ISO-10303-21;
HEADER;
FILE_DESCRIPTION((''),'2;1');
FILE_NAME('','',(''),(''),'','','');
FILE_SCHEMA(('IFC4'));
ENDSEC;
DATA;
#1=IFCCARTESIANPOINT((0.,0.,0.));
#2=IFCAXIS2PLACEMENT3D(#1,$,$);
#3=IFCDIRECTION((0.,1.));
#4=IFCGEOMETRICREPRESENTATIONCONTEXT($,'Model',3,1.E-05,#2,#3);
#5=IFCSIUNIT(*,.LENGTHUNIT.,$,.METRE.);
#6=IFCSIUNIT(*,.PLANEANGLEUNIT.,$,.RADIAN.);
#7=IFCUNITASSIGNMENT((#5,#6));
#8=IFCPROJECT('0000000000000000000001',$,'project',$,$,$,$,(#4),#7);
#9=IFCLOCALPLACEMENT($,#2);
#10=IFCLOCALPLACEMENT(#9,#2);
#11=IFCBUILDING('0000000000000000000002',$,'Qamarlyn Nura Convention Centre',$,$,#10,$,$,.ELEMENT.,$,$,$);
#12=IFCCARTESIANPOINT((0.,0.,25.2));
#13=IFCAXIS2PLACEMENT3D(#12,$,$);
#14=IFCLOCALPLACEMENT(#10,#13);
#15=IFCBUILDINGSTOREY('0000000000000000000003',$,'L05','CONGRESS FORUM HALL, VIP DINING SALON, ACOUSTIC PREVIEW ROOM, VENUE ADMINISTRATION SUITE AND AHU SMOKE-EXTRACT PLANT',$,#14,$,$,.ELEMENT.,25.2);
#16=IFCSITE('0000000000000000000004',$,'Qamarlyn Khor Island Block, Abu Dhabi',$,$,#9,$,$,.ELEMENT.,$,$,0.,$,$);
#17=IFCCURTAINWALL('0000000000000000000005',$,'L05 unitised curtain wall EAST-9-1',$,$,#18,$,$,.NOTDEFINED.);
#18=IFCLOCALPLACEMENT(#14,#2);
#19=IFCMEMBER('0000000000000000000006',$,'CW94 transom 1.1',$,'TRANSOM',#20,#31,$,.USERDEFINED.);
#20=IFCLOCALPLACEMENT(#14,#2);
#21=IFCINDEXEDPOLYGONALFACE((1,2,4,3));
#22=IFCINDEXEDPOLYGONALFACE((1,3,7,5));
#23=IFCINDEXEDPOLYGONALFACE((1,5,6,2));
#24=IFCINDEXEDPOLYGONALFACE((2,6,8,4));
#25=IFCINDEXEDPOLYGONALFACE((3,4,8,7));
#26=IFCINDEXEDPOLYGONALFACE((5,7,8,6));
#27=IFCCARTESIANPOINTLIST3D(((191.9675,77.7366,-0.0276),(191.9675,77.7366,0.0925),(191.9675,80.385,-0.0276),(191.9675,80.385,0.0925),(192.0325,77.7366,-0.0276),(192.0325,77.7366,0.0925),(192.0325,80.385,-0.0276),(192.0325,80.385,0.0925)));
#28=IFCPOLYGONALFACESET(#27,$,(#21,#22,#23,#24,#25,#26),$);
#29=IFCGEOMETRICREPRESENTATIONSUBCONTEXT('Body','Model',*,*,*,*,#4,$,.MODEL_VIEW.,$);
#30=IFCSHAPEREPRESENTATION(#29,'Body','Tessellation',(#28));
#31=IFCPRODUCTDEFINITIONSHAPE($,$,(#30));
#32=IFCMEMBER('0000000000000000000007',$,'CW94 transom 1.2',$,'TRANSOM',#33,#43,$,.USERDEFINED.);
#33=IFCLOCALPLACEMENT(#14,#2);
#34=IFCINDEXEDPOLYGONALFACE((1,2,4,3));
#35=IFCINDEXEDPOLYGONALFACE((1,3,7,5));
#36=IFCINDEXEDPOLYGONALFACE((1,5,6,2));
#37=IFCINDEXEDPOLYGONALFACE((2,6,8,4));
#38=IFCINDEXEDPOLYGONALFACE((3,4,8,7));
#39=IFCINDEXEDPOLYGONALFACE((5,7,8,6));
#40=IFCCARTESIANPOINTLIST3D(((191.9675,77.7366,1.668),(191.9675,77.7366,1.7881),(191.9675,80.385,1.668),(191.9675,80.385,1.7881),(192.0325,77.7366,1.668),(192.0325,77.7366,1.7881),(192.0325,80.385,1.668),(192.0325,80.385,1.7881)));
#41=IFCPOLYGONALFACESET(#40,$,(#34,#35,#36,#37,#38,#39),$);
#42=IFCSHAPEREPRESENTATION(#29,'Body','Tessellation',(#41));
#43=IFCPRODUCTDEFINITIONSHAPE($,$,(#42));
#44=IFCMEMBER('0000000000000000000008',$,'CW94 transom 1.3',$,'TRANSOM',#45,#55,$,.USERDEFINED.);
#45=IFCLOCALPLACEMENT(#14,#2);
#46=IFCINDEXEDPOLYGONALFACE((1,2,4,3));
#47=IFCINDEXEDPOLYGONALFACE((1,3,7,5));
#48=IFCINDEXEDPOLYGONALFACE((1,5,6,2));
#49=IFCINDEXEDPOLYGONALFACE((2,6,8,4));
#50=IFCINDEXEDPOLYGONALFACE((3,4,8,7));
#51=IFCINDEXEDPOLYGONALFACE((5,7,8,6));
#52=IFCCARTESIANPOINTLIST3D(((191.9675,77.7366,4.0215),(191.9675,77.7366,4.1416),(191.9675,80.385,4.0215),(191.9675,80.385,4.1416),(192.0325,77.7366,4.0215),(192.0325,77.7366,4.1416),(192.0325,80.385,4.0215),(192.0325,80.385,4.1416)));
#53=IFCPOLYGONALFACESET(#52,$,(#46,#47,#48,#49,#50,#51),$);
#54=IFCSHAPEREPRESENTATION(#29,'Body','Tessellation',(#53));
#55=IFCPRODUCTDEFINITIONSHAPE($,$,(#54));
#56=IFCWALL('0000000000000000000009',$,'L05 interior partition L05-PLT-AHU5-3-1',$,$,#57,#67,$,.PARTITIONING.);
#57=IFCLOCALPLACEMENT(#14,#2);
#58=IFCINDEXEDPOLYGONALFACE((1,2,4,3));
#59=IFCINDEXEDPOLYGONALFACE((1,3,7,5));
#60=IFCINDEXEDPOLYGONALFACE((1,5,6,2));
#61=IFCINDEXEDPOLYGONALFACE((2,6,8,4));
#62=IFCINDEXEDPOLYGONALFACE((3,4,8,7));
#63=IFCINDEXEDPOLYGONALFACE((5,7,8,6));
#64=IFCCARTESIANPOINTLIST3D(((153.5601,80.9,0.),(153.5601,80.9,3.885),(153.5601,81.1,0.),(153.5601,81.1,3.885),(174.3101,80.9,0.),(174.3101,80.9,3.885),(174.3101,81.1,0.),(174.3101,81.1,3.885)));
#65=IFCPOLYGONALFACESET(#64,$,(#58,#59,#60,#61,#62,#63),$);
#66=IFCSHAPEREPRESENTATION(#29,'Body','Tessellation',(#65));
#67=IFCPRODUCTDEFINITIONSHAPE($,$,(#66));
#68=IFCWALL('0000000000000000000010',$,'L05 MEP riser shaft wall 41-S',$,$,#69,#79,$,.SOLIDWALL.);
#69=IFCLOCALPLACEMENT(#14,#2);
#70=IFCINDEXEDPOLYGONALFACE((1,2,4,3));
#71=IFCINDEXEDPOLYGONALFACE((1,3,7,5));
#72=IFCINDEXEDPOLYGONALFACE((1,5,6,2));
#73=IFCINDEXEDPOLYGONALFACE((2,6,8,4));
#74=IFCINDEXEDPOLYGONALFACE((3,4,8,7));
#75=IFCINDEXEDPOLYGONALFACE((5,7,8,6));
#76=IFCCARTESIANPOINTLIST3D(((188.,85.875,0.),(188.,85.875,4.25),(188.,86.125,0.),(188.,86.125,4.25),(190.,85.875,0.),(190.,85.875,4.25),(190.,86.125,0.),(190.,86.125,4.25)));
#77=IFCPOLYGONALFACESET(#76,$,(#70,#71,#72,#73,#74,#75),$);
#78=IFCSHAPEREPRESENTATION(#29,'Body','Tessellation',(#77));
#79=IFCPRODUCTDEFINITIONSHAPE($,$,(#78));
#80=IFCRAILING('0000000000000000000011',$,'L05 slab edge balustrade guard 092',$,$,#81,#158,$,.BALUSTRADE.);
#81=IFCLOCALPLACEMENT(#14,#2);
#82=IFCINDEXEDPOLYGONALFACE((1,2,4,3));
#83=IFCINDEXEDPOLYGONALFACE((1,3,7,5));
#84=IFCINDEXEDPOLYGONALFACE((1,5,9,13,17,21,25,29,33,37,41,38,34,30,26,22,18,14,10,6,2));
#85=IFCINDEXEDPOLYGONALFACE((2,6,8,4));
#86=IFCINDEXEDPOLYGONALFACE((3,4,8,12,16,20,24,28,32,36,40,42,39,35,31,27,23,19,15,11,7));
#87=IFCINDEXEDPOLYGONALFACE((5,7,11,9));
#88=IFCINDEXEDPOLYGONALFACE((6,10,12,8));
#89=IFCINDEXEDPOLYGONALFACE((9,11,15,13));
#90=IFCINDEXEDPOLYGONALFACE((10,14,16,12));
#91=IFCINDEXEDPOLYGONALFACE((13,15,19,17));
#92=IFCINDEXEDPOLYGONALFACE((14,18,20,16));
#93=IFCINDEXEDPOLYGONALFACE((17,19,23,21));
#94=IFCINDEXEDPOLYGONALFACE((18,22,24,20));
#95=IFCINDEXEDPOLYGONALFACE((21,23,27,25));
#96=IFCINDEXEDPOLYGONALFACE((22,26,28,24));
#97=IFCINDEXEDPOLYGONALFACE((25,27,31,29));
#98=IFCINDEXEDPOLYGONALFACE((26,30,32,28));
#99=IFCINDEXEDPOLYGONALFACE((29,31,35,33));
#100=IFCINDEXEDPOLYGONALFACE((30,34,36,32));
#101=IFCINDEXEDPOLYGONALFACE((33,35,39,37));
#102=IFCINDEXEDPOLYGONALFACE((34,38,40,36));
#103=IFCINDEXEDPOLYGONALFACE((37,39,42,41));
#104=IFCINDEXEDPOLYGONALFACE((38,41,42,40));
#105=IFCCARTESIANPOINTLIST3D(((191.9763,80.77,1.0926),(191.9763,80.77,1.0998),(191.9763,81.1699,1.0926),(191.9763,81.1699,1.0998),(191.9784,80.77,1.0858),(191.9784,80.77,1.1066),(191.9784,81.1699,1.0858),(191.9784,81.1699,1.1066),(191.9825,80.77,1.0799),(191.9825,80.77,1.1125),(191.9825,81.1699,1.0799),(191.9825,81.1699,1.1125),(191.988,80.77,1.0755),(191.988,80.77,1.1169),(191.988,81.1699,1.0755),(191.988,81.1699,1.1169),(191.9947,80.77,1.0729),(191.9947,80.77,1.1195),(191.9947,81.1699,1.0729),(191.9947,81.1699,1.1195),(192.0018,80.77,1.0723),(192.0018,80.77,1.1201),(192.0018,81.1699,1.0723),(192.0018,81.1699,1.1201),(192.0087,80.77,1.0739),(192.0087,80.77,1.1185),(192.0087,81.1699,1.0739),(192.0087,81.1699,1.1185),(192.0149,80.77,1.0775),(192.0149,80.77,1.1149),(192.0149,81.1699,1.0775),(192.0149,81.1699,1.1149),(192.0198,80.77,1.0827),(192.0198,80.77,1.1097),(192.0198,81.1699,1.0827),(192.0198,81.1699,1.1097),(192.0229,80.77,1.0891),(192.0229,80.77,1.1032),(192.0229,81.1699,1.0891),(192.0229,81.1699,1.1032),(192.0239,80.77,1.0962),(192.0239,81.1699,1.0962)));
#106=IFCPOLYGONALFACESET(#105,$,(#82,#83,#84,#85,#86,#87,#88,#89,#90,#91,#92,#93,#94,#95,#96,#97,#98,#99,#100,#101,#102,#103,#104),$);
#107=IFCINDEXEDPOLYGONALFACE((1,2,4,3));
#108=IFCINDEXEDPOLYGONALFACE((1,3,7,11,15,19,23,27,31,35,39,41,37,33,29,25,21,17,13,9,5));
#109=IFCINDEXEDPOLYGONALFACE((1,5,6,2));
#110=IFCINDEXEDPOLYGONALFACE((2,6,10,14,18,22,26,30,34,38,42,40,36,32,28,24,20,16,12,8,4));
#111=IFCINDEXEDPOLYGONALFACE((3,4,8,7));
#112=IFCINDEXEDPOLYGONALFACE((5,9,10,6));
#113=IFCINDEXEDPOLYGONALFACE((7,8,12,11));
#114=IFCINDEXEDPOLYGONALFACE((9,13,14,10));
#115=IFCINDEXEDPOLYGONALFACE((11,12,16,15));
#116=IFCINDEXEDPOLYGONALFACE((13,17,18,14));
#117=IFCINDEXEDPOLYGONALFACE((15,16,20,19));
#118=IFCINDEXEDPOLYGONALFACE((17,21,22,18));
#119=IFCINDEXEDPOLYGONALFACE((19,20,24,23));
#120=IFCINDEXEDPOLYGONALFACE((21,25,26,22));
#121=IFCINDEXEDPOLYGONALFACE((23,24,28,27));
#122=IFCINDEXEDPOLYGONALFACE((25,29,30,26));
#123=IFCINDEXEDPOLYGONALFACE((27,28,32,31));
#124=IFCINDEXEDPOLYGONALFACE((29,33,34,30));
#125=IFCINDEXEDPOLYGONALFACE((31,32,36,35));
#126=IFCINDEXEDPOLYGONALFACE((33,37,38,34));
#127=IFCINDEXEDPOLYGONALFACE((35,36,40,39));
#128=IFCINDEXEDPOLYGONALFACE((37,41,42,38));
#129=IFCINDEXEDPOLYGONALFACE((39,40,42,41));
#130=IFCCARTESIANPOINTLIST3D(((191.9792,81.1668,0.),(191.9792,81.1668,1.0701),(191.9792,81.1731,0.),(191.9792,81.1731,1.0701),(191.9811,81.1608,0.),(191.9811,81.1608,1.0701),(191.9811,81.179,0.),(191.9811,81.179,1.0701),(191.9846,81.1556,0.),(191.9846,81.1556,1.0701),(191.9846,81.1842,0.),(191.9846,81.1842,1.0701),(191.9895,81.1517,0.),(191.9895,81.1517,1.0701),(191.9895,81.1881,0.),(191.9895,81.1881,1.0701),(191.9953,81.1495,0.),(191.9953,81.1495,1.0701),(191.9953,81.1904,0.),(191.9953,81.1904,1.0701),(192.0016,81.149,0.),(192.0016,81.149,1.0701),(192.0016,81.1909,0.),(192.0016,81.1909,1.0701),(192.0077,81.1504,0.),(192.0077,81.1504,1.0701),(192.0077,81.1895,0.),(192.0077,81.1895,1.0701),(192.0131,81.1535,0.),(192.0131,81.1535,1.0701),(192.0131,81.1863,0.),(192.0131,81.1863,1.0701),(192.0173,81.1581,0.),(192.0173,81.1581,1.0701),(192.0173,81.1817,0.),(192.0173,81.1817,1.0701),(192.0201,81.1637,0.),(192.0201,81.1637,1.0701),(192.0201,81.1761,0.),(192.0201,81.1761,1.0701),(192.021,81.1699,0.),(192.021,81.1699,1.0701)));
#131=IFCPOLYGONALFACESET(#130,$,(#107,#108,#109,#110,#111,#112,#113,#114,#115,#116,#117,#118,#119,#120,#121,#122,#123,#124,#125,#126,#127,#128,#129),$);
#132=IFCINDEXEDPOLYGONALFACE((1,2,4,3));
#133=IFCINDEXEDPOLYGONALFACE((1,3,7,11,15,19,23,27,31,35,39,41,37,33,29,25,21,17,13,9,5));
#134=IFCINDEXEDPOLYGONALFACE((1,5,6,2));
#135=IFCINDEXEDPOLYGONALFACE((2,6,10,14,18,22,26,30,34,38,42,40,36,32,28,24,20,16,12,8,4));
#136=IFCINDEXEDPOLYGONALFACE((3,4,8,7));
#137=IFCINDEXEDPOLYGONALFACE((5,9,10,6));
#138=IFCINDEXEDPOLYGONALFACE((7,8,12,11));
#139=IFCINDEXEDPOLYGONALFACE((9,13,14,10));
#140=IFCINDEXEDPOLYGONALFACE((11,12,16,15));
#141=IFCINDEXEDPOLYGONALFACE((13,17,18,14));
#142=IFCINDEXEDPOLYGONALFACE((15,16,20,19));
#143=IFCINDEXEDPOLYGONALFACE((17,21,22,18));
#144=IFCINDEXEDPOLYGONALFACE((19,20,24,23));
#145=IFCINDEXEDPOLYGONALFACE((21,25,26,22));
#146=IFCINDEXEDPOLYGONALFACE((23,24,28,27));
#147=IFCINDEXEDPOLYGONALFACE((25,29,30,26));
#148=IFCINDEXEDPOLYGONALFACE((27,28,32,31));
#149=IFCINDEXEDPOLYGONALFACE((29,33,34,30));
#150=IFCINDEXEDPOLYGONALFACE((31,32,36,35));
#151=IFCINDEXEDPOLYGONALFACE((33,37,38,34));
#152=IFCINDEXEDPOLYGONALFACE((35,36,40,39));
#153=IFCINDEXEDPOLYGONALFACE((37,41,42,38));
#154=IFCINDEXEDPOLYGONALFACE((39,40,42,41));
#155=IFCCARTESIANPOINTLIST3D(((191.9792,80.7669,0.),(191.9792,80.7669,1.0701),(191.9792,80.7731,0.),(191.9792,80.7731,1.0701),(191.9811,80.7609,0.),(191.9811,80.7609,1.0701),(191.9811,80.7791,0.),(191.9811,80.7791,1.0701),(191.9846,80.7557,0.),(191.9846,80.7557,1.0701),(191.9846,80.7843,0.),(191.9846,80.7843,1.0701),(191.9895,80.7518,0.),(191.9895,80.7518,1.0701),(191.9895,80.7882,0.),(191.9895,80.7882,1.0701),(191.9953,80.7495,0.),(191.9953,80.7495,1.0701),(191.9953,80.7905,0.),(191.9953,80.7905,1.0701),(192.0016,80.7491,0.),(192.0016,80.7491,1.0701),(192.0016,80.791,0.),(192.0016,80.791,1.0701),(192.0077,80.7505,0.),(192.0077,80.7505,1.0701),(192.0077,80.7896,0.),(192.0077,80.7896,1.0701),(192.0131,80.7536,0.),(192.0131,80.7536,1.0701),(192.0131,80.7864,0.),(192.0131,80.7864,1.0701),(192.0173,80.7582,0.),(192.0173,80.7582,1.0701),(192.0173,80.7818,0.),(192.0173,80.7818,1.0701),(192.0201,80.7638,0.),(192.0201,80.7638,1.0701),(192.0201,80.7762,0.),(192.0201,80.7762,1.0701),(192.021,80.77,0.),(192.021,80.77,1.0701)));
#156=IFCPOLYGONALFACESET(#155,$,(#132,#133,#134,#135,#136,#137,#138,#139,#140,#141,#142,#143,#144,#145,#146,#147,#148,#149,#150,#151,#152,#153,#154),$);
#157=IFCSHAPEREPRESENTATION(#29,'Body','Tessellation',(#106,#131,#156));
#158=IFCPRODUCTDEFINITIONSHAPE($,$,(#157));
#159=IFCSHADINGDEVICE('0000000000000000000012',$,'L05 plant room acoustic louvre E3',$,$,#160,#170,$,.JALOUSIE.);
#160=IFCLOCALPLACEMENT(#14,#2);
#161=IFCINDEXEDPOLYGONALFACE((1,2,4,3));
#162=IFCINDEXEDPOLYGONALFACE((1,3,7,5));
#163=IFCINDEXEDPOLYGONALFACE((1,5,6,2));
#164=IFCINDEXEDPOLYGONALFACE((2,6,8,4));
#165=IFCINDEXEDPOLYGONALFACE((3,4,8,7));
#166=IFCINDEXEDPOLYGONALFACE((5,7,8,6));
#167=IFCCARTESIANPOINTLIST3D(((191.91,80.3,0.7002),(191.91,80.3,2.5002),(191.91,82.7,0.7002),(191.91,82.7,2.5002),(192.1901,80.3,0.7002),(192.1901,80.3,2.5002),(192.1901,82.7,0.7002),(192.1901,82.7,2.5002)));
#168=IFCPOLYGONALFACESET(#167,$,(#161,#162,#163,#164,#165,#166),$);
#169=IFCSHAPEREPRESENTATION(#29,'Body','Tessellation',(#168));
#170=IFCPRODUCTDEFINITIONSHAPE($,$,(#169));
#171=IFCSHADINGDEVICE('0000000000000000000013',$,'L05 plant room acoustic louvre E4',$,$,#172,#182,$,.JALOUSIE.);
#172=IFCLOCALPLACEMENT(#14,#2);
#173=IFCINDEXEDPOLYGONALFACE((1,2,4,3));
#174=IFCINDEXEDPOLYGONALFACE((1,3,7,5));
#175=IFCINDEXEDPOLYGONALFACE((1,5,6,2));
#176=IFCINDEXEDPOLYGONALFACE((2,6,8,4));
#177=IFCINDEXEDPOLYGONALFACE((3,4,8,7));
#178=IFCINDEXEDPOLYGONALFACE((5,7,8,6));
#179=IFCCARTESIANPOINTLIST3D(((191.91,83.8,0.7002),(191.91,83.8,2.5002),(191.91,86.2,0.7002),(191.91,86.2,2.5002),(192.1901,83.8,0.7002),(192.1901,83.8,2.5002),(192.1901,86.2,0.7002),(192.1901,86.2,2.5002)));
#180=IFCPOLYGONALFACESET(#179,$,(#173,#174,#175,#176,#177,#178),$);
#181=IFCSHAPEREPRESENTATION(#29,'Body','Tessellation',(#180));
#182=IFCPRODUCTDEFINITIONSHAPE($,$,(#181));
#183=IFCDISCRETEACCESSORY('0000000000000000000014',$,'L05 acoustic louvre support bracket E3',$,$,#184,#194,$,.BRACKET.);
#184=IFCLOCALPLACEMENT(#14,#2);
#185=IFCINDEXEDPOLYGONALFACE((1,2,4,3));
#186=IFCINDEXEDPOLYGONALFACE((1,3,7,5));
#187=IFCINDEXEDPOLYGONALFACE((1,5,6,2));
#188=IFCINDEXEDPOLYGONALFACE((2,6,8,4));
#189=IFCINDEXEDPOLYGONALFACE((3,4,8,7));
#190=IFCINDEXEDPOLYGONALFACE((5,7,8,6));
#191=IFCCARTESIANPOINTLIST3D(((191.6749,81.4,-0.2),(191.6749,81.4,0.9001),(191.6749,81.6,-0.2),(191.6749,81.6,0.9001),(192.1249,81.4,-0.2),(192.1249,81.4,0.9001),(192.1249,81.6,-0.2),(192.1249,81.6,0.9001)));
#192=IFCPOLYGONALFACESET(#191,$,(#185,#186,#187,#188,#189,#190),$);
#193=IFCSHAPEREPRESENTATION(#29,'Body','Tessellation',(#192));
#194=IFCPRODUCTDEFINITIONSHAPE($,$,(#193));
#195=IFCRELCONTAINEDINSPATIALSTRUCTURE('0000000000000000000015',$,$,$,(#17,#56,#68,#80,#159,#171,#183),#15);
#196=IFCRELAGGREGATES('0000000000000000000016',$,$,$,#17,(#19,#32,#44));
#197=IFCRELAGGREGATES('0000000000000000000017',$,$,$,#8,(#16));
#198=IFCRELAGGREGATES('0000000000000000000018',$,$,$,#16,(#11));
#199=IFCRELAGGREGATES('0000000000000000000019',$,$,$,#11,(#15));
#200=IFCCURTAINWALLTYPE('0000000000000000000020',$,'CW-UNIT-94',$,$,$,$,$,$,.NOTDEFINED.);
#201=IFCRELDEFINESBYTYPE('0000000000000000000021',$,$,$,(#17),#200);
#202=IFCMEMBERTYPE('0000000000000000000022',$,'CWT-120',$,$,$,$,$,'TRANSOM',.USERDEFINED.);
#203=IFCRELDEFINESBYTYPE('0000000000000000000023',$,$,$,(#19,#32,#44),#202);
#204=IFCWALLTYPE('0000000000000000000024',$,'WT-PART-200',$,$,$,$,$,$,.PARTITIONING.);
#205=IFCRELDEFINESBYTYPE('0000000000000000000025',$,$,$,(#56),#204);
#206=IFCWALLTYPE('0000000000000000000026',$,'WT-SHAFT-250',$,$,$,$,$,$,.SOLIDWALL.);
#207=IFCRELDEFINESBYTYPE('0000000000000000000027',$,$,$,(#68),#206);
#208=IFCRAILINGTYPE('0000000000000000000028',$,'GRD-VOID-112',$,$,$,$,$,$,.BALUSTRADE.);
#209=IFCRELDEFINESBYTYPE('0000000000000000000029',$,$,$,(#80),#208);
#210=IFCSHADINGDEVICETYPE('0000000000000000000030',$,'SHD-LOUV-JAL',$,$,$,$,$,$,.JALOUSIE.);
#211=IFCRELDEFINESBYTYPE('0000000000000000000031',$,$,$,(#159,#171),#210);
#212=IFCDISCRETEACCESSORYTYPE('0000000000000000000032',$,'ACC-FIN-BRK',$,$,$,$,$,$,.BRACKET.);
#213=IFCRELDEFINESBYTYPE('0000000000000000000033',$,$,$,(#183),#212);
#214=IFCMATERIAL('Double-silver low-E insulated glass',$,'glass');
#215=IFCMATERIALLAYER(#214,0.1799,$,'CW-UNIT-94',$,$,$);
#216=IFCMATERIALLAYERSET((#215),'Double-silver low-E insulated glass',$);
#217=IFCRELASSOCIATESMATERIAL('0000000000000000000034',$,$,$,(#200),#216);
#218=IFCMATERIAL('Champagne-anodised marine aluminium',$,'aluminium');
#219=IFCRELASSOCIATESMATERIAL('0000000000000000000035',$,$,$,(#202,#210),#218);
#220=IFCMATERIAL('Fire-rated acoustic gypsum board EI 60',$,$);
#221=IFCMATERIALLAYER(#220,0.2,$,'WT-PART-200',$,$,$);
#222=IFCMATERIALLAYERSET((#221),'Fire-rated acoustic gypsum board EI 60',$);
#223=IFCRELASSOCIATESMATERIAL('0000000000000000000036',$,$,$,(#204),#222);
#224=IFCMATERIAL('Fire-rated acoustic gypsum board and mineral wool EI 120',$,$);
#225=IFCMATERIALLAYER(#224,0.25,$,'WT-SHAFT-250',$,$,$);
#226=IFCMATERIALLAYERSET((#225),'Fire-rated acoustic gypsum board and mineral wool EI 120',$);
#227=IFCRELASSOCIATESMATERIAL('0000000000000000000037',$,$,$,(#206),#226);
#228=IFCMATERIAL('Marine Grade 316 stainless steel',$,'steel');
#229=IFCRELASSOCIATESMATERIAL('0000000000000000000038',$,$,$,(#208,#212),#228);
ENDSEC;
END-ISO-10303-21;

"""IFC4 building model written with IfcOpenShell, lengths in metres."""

from ifc_helpers import new_model, si_unit, direction, frame, frame_2d, origin, origin_2d, place, context, subcontext, project, spatial, rectangle, circle, extrude, material, layer, layer_set, material_profile, profile_set, type_object, element, aggregate, save


model = new_model("IFC4")

# Units and contexts
model_context = context("Model", 3, precision=1e-05, world=origin(), true_north=direction((0.0, 1.0)))
body_context = subcontext(model_context, "Body", "Model", "MODEL_VIEW")
ifc_project = project(units=[si_unit("LENGTHUNIT", "METRE"), si_unit("PLANEANGLEUNIT", "RADIAN")], contexts=[model_context])

# Site, building, storey
site_placement = place(None, origin())
site = spatial("IfcSite", under=ifc_project, at=site_placement, Name="Qamarlyn Khor Island Block, Abu Dhabi", CompositionType="ELEMENT", RefElevation=0.0)
building_placement = place(site_placement, origin())
building = spatial("IfcBuilding", under=site, at=building_placement, Name="Qamarlyn Nura Convention Centre", CompositionType="ELEMENT")
storey_placement = place(building_placement, frame((0.0, 0.0, 25.2)))
storey = spatial("IfcBuildingStorey", under=building, at=storey_placement, Name="L05", Description="CONGRESS FORUM HALL, VIP DINING SALON, ACOUSTIC PREVIEW ROOM, VENUE ADMINISTRATION SUITE AND AHU SMOKE-EXTRACT PLANT", CompositionType="ELEMENT", Elevation=25.2)

# Curtain wall, members
ifc_material_1 = material(Name="Double-silver low-E insulated glass", Category="glass")
ifc_layer_1 = layer(ifc_material_1, 0.1799, Name="CW-UNIT-94")
ifc_layer_set_1 = layer_set([ifc_layer_1], Name="Double-silver low-E insulated glass")
curtain_wall_type = type_object("IfcCurtainWallType", Name="CW-UNIT-94", PredefinedType="NOTDEFINED", material=ifc_layer_set_1)
curtain_wall_placement = place(storey_placement, origin())
curtain_wall = element("IfcCurtainWall", 1, at=curtain_wall_placement, inside=storey, type_object=curtain_wall_type, Name="L05 unitised curtain wall EAST-9-1", PredefinedType="NOTDEFINED")
ifc_material_2 = material(Name="Champagne-anodised marine aluminium", Category="aluminium")
ifc_material_profile_1 = material_profile(ifc_material_2, rectangle(XDim=0.0649, YDim=0.1201, at=origin_2d()), Name="ALU TRANSOM 65x120")
ifc_profile_set_1 = profile_set([ifc_material_profile_1], Name="Champagne-anodised marine aluminium")
member_type_1 = type_object("IfcMemberType", Name="CWT-120", ElementType="TRANSOM", PredefinedType="USERDEFINED", material=ifc_profile_set_1)
member_1_placement = place(storey_placement, frame((192.0, 80.385, 0.0325), z_axis=(0.0, -1.0, 0.0), x_axis=(1.0, 0.0, 0.0)))
member_1 = element("IfcMember", 2, at=member_1_placement, type_object=member_type_1, Name="CW94 transom 1.1", ObjectType="TRANSOM", PredefinedType="USERDEFINED", context=body_context, shape_type="SweptSolid", body=[
    extrude(rectangle(XDim=0.0649, YDim=0.1201, at=origin_2d()), origin(), (0.0, 0.0, 1.0), 2.6484),
])
member_2_placement = place(storey_placement, frame((192.0, 80.385, 1.728), z_axis=(0.0, -1.0, 0.0), x_axis=(1.0, 0.0, 0.0)))
member_2 = element("IfcMember", 3, at=member_2_placement, type_object=member_type_1, Name="CW94 transom 1.2", ObjectType="TRANSOM", PredefinedType="USERDEFINED", context=body_context, shape_type="SweptSolid", body=[
    extrude(rectangle(XDim=0.0649, YDim=0.1201, at=origin_2d()), origin(), (0.0, 0.0, 1.0), 2.6484),
])
member_3_placement = place(storey_placement, frame((192.0, 80.385, 4.0815), z_axis=(0.0, -1.0, 0.0), x_axis=(1.0, 0.0, 0.0)))
member_3 = element("IfcMember", 4, at=member_3_placement, type_object=member_type_1, Name="CW94 transom 1.3", ObjectType="TRANSOM", PredefinedType="USERDEFINED", context=body_context, shape_type="SweptSolid", body=[
    extrude(rectangle(XDim=0.0649, YDim=0.1201, at=origin_2d()), origin(), (0.0, 0.0, 1.0), 2.6484),
])
aggregate(curtain_wall, [member_1, member_2, member_3])

# Walls
ifc_material_3 = material(Name="Fire-rated acoustic gypsum board EI 60")
ifc_layer_2 = layer(ifc_material_3, 0.2, Name="WT-PART-200")
ifc_layer_set_2 = layer_set([ifc_layer_2], Name="Fire-rated acoustic gypsum board EI 60")
wall_type_1 = type_object("IfcWallType", Name="WT-PART-200", PredefinedType="PARTITIONING", material=ifc_layer_set_2)
wall_1_placement = place(storey_placement, frame((174.3101, 81.0, 0.0), z_axis=(0.0, 0.0, 1.0), x_axis=(-1.0, 0.0, 0.0)))
element("IfcWall", 5, at=wall_1_placement, inside=storey, type_object=wall_type_1, Name="L05 interior partition L05-PLT-AHU5-3-1", PredefinedType="PARTITIONING", context=body_context, shape_type="SweptSolid", body=[
    extrude(rectangle(XDim=20.75, YDim=0.2, at=frame_2d((10.375, 0.0))), origin(), (0.0, 0.0, 1.0), 3.885),
])
ifc_material_4 = material(Name="Fire-rated acoustic gypsum board and mineral wool EI 120")
ifc_layer_3 = layer(ifc_material_4, 0.25, Name="WT-SHAFT-250")
ifc_layer_set_3 = layer_set([ifc_layer_3], Name="Fire-rated acoustic gypsum board and mineral wool EI 120")
wall_type_2 = type_object("IfcWallType", Name="WT-SHAFT-250", PredefinedType="SOLIDWALL", material=ifc_layer_set_3)
wall_2_placement = place(storey_placement, frame((188.0, 86.0, 0.0), z_axis=(0.0, 0.0, 1.0), x_axis=(1.0, 0.0, 0.0)))
element("IfcWall", 6, at=wall_2_placement, inside=storey, type_object=wall_type_2, Name="L05 MEP riser shaft wall 41-S", PredefinedType="SOLIDWALL", context=body_context, shape_type="SweptSolid", body=[
    extrude(rectangle(XDim=2.0, YDim=0.25, at=frame_2d((1.0, 0.0))), origin(), (0.0, 0.0, 1.0), 4.25),
])

# Railing
ifc_material_5 = material(Name="Marine Grade 316 stainless steel", Category="steel")
railing_type = type_object("IfcRailingType", Name="GRD-VOID-112", PredefinedType="BALUSTRADE", material=ifc_material_5)
railing_placement = place(storey_placement, frame((192.0, 81.1699, 0.0)))
element("IfcRailing", 7, at=railing_placement, inside=storey, type_object=railing_type, Name="L05 slab edge balustrade guard 092", PredefinedType="BALUSTRADE", context=body_context, shape_type="SweptSolid", body=[
    extrude(circle(Radius=0.0239, at=origin_2d()), frame((0.0, 0.0, 1.0962), z_axis=(0.0, -1.0, 0.0), x_axis=(1.0, 0.0, 0.0)), (0.0, 0.0, 1.0), 0.3999),
    extrude(circle(Radius=0.021, at=origin_2d()), origin(), (0.0, 0.0, 1.0), 1.0701),
    extrude(circle(Radius=0.021, at=origin_2d()), frame((0.0, -0.3999, 0.0)), (0.0, 0.0, 1.0), 1.0701),
])

# Shading devices
shading_device_type = type_object("IfcShadingDeviceType", Name="SHD-LOUV-JAL", PredefinedType="JALOUSIE", material=ifc_material_2)
for number, where, z_axis, x_axis, name in (
    (8, (192.05, 81.5, 0.7002), (0.0, 0.0, 1.0), (1.0, 0.0, 0.0), "L05 plant room acoustic louvre E3"),
    (9, (192.05, 85.0, 0.7002), (0.0, 0.0, 1.0), (1.0, 0.0, 0.0), "L05 plant room acoustic louvre E4"),
):
    element("IfcShadingDevice", number, at=place(storey_placement, frame(where, z_axis=z_axis, x_axis=x_axis)), inside=storey, type_object=shading_device_type, Name=name, PredefinedType="JALOUSIE", context=body_context, shape_type="SweptSolid", body=[
        extrude(rectangle(XDim=0.28, YDim=2.3999, at=origin_2d()), origin(), (0.0, 0.0, 1.0), 1.8),
    ])

# Discrete accessory
discrete_accessory_type = type_object("IfcDiscreteAccessoryType", Name="ACC-FIN-BRK", PredefinedType="BRACKET", material=ifc_material_5)
for number, where, z_axis, x_axis, name in (
    (10, (191.8999, 81.5, -0.2), (0.0, 0.0, 1.0), (1.0, 0.0, 0.0), "L05 acoustic louvre support bracket E3"),
):
    element("IfcDiscreteAccessory", number, at=place(storey_placement, frame(where, z_axis=z_axis, x_axis=x_axis)), inside=storey, type_object=discrete_accessory_type, Name=name, PredefinedType="BRACKET", context=body_context, shape_type="SweptSolid", body=[
        extrude(rectangle(XDim=0.45, YDim=0.2, at=origin_2d()), origin(), (0.0, 0.0, 1.0), 1.1001),
    ])

save(model, "model.ifc")
